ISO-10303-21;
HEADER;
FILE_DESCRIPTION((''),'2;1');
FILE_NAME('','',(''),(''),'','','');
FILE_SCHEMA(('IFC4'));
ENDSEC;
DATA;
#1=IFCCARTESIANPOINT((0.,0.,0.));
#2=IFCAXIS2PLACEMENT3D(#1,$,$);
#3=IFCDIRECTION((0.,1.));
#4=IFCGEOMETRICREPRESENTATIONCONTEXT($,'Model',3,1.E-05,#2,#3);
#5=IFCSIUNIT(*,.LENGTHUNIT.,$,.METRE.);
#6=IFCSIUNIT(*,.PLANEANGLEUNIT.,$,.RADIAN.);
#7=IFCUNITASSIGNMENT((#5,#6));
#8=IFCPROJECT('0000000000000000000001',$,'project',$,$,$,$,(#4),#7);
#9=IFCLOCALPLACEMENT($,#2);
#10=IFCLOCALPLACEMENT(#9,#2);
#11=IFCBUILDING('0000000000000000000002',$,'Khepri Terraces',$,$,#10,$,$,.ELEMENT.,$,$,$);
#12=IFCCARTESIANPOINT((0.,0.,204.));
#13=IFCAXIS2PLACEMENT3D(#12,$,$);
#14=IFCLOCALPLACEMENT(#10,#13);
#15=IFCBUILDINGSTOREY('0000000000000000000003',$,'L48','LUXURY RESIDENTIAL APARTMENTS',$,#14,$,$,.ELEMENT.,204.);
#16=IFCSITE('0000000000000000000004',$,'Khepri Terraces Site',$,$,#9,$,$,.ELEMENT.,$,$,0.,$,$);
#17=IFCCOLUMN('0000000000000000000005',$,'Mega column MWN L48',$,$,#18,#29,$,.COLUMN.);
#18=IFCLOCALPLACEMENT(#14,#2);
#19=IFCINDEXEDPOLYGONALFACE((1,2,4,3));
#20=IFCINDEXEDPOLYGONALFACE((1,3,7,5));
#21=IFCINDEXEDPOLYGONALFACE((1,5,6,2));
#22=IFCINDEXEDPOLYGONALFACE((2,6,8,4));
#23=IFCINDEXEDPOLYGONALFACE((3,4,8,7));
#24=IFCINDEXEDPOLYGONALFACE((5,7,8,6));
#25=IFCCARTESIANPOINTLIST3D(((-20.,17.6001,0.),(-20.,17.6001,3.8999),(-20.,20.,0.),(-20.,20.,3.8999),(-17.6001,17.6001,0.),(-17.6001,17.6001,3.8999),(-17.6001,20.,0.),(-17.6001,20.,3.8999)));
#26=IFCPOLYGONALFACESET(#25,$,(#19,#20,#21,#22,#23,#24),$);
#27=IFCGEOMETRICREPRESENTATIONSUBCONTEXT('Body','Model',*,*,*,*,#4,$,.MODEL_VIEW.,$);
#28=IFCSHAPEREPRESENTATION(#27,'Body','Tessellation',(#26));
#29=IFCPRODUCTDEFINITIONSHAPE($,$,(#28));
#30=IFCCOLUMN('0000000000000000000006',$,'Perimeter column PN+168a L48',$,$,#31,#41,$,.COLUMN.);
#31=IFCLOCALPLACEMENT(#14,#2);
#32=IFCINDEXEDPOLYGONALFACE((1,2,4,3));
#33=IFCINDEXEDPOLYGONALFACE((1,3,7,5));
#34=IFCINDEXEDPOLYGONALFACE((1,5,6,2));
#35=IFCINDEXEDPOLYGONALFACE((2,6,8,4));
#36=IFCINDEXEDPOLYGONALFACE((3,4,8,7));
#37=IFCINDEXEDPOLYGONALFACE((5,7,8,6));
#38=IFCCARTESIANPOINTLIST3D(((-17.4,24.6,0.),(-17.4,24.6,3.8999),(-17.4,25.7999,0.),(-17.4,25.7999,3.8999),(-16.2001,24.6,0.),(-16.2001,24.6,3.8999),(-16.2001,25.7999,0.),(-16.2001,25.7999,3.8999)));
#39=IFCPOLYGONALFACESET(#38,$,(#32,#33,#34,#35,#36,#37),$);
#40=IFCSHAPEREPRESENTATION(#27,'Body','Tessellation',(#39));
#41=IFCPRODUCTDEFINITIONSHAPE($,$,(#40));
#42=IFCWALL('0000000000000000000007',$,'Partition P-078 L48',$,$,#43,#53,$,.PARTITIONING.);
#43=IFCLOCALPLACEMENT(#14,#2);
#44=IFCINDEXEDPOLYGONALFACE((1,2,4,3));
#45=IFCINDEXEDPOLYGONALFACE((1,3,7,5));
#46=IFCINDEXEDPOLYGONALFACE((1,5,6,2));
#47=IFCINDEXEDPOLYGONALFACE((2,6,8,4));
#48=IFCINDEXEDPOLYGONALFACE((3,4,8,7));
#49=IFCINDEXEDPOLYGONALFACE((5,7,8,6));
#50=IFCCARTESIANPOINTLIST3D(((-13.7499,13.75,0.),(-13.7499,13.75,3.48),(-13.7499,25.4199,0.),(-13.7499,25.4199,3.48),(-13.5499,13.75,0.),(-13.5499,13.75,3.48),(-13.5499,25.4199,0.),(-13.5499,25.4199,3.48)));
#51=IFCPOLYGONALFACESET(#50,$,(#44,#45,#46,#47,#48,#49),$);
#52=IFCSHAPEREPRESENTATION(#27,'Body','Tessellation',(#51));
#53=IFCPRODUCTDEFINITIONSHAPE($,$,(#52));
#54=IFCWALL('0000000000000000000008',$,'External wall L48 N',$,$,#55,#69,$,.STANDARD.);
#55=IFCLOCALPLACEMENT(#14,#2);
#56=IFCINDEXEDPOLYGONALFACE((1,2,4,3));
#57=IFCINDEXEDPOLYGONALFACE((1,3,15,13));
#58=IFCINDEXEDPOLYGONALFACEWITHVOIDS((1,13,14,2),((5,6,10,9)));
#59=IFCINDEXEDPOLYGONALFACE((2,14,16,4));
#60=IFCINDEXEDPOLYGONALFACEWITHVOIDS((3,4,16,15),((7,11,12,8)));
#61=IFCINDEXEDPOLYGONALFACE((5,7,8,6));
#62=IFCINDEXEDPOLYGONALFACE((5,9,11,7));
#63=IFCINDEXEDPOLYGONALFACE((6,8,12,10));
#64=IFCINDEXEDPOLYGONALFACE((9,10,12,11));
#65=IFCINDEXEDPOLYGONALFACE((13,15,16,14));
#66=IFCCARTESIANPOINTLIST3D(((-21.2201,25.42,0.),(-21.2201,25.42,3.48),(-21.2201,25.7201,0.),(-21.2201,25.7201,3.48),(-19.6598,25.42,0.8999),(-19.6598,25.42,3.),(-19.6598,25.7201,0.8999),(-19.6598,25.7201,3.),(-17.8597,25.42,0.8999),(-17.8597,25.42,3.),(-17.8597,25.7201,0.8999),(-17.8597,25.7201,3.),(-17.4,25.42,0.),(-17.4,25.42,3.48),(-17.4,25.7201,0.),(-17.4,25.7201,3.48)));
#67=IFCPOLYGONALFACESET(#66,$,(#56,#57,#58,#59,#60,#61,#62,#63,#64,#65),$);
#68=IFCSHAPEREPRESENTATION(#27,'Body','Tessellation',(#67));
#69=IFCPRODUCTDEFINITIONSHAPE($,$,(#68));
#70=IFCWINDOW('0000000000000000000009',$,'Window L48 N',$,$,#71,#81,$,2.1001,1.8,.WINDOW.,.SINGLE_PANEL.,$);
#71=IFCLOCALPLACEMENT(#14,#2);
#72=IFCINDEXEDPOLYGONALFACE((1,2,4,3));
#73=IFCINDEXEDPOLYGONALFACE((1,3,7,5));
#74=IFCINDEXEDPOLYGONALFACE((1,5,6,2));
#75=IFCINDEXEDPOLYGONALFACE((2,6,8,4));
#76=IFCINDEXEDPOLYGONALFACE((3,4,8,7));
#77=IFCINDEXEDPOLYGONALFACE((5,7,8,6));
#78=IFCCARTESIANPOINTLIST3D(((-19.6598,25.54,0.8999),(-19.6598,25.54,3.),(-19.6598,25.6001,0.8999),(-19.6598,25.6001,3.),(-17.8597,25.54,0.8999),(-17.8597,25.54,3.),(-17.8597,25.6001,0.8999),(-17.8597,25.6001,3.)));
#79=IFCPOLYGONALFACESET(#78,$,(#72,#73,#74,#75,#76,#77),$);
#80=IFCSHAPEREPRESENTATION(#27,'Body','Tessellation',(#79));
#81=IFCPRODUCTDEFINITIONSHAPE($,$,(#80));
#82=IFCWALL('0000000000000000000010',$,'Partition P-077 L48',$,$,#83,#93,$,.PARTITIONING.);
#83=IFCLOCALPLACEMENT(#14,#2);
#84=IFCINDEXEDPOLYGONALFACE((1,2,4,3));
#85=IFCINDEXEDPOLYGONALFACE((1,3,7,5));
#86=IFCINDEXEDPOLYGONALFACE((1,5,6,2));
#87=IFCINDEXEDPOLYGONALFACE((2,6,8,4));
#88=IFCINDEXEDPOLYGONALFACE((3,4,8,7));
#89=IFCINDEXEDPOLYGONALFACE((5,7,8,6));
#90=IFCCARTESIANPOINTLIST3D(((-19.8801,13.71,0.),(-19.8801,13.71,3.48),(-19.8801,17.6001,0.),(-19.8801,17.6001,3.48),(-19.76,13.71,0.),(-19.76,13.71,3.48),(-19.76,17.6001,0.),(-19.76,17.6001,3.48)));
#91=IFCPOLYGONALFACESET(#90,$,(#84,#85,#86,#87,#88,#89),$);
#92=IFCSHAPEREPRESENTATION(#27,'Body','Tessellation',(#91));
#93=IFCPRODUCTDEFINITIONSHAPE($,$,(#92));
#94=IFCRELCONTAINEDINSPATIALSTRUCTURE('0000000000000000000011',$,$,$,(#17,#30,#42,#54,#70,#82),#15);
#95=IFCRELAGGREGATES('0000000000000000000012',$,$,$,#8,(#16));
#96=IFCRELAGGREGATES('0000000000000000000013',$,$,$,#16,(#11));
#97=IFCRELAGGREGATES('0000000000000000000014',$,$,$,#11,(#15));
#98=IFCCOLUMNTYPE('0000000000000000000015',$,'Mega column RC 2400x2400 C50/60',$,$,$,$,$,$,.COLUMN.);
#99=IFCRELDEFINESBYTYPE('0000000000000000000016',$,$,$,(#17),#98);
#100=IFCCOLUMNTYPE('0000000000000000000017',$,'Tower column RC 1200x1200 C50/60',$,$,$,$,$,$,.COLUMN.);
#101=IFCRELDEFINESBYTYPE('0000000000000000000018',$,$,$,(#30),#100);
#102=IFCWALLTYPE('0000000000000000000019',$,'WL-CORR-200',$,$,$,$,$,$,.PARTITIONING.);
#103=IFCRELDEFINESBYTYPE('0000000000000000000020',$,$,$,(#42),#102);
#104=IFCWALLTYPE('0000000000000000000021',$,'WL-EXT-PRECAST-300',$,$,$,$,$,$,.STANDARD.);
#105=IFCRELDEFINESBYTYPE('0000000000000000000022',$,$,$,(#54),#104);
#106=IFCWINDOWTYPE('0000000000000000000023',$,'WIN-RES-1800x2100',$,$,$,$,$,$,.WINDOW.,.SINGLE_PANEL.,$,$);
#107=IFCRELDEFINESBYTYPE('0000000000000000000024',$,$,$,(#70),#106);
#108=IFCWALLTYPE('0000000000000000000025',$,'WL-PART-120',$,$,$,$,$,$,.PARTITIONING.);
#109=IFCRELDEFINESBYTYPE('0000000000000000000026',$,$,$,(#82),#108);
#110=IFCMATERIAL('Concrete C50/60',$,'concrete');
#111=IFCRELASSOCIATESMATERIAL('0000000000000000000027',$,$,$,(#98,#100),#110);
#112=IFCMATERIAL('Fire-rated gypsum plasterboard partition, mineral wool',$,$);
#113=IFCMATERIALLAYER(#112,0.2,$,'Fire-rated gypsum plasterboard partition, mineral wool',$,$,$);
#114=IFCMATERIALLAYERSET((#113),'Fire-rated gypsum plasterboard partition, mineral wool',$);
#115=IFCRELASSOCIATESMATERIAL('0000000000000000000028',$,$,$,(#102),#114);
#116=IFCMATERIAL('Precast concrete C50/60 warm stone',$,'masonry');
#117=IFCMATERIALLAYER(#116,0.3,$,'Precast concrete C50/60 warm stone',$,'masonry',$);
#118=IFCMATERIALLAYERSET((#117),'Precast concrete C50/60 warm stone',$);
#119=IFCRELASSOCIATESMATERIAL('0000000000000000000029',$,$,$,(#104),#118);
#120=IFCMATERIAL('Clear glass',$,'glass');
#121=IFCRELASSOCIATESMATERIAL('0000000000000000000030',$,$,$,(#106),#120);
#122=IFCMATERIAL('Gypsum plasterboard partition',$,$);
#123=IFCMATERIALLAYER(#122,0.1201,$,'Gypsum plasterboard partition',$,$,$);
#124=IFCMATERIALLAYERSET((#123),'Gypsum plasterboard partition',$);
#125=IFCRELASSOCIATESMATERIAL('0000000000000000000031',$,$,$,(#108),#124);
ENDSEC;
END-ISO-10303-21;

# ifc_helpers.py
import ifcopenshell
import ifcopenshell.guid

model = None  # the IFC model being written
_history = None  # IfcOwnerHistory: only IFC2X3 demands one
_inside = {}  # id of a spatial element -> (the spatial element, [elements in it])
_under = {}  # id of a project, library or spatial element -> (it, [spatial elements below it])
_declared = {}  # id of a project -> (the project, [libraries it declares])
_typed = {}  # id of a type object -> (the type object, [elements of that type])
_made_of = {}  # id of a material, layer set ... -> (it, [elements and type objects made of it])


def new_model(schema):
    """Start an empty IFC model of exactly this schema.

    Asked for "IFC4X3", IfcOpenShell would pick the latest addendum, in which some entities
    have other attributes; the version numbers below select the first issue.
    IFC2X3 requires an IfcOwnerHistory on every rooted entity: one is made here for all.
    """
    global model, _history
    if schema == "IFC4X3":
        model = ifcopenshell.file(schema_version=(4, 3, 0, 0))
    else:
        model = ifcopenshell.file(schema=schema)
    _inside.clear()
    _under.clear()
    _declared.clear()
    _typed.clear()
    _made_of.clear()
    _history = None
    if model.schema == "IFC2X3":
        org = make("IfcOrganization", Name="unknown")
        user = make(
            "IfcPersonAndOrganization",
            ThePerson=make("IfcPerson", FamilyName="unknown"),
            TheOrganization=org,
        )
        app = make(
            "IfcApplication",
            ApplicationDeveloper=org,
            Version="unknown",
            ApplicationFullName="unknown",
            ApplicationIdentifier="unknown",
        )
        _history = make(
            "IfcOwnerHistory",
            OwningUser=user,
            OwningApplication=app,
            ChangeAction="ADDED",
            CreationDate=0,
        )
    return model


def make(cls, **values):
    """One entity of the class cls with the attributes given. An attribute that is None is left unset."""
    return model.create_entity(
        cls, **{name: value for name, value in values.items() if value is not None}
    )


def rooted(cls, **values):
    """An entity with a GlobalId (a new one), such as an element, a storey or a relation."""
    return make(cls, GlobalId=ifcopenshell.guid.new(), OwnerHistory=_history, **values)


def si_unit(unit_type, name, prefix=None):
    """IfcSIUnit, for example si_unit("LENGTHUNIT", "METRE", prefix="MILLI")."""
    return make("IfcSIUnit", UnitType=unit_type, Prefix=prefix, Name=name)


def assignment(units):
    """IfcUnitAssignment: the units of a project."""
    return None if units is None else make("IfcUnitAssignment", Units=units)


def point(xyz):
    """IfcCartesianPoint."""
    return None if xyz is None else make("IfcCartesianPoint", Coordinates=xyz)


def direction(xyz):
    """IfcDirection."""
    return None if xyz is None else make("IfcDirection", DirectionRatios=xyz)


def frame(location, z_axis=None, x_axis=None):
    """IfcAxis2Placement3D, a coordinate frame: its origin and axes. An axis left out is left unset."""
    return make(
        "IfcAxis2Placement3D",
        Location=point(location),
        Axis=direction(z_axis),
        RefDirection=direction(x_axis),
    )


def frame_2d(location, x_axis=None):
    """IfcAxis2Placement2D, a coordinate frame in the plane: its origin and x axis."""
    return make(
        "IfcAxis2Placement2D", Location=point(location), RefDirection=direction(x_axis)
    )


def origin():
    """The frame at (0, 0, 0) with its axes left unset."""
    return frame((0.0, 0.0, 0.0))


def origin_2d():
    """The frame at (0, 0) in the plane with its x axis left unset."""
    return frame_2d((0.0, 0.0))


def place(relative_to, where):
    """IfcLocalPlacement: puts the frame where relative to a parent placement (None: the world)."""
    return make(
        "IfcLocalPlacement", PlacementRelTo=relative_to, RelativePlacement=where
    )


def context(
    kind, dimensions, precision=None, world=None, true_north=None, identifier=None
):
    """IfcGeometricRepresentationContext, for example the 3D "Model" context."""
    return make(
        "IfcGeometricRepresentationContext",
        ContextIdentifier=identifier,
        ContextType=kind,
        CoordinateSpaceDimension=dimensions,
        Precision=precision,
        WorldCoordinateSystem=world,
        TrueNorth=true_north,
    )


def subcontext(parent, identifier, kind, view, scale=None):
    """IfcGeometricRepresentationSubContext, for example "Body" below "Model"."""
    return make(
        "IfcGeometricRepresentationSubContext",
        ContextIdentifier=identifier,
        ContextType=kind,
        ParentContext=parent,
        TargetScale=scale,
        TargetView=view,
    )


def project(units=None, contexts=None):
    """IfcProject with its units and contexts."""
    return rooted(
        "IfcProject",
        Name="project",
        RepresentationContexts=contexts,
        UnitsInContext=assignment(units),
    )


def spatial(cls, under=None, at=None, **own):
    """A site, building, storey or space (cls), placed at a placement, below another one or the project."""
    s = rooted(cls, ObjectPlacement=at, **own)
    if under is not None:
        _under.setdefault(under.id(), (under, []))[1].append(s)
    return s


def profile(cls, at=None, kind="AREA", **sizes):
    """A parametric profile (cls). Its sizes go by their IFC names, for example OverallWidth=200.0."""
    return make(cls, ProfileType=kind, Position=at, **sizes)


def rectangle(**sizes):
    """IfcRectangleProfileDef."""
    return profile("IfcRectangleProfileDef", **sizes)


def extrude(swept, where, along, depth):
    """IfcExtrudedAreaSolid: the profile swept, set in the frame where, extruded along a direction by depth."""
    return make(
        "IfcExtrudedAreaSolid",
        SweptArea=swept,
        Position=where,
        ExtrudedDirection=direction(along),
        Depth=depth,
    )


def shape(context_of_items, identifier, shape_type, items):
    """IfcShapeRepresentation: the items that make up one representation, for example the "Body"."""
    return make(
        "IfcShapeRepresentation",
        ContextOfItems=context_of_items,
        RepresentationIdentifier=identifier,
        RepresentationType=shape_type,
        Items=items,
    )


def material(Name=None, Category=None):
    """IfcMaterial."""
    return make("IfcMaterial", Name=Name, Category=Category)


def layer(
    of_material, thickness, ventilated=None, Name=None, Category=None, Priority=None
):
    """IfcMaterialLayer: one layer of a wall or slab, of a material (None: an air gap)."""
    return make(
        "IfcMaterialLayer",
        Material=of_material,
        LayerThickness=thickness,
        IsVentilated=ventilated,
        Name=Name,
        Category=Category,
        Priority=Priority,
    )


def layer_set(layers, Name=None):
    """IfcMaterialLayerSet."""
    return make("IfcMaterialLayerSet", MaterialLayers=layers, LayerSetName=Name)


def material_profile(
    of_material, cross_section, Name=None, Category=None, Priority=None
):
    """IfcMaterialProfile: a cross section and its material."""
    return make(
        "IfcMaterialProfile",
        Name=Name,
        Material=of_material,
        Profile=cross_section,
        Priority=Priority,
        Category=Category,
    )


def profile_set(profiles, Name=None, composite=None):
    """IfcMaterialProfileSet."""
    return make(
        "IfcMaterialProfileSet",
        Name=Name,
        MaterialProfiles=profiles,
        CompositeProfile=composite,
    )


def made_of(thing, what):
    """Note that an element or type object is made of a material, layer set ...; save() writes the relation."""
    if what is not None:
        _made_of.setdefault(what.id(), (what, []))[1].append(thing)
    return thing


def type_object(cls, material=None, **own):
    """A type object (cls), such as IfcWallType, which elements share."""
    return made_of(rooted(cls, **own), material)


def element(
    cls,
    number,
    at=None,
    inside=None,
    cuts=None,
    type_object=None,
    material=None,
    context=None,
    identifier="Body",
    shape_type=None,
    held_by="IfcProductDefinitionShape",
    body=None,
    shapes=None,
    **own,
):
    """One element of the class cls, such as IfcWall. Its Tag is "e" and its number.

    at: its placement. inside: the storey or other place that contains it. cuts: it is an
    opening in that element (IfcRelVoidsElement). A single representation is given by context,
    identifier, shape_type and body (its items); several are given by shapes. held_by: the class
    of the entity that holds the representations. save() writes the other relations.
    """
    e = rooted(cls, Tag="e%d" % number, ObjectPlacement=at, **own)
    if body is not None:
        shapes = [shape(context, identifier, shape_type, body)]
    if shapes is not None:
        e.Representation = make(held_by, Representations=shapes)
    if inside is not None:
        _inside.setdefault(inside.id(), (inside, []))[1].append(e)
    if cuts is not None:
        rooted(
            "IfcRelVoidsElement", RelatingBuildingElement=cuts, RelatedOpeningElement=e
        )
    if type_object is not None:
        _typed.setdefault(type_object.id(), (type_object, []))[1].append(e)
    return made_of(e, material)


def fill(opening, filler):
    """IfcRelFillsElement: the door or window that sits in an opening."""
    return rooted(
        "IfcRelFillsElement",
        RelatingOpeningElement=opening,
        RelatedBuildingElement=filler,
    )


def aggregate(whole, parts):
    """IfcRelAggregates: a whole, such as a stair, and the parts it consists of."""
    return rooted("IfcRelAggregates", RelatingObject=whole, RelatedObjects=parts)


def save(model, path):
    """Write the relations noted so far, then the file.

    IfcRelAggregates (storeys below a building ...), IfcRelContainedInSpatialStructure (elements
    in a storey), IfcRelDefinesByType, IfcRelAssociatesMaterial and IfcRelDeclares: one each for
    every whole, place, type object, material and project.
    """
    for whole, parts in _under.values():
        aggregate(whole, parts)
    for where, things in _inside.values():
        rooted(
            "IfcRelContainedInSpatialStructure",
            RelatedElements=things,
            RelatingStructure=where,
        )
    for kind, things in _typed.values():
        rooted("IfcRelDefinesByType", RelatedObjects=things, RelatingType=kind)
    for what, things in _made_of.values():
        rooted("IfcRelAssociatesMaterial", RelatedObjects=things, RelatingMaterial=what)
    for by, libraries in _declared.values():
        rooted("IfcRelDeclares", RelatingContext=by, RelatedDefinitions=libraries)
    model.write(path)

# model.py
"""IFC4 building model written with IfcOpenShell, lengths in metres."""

from ifc_helpers import new_model, si_unit, direction, frame, frame_2d, origin, origin_2d, place, context, subcontext, project, spatial, rectangle, extrude, material, layer, layer_set, material_profile, profile_set, type_object, element, fill, save


model = new_model("IFC4")

# Units and contexts
model_context = context("Model", 3, precision=1e-05, world=origin(), true_north=direction((0.0, 1.0)))
body_context = subcontext(model_context, "Body", "Model", "MODEL_VIEW")
ifc_project = project(units=[si_unit("LENGTHUNIT", "METRE"), si_unit("PLANEANGLEUNIT", "RADIAN")], contexts=[model_context])

# Site, building, storey
site_placement = place(None, origin())
site = spatial("IfcSite", under=ifc_project, at=site_placement, Name="Khepri Terraces Site", CompositionType="ELEMENT", RefElevation=0.0)
building_placement = place(site_placement, origin())
building = spatial("IfcBuilding", under=site, at=building_placement, Name="Khepri Terraces", CompositionType="ELEMENT")
storey_placement = place(building_placement, frame((0.0, 0.0, 204.0)))
storey = spatial("IfcBuildingStorey", under=building, at=storey_placement, Name="L48", Description="LUXURY RESIDENTIAL APARTMENTS", CompositionType="ELEMENT", Elevation=204.0)

# Columns
ifc_material_1 = material(Name="Concrete C50/60", Category="concrete")
ifc_material_profile_1 = material_profile(ifc_material_1, rectangle(XDim=2.3999, YDim=2.3999, at=origin_2d()), Name="Concrete C50/60", Category="concrete")
ifc_profile_set_1 = profile_set([ifc_material_profile_1], Name="Concrete C50/60")
column_type_1 = type_object("IfcColumnType", Name="Mega column RC 2400x2400 C50/60", PredefinedType="COLUMN", material=ifc_profile_set_1)
column_1_placement = place(storey_placement, frame((-18.8, 18.8, 0.0), z_axis=(0.0, 0.0, 1.0), x_axis=(1.0, 0.0, 0.0)))
element("IfcColumn", 1, at=column_1_placement, inside=storey, type_object=column_type_1, Name="Mega column MWN L48", PredefinedType="COLUMN", context=body_context, shape_type="SweptSolid", body=[
    extrude(rectangle(XDim=2.3999, YDim=2.3999, at=origin_2d()), origin(), (0.0, 0.0, 1.0), 3.8999),
])
ifc_material_profile_2 = material_profile(ifc_material_1, rectangle(XDim=1.2, YDim=1.2, at=origin_2d()), Name="Concrete C50/60", Category="concrete")
ifc_profile_set_2 = profile_set([ifc_material_profile_2], Name="Concrete C50/60")
column_type_2 = type_object("IfcColumnType", Name="Tower column RC 1200x1200 C50/60", PredefinedType="COLUMN", material=ifc_profile_set_2)
column_2_placement = place(storey_placement, frame((-16.8, 25.2, 0.0), z_axis=(0.0, 0.0, 1.0), x_axis=(1.0, 0.0, 0.0)))
element("IfcColumn", 2, at=column_2_placement, inside=storey, type_object=column_type_2, Name="Perimeter column PN+168a L48", PredefinedType="COLUMN", context=body_context, shape_type="SweptSolid", body=[
    extrude(rectangle(XDim=1.2, YDim=1.2, at=origin_2d()), origin(), (0.0, 0.0, 1.0), 3.8999),
])

# Wall
ifc_material_2 = material(Name="Fire-rated gypsum plasterboard partition, mineral wool")
ifc_layer_1 = layer(ifc_material_2, 0.2, Name="Fire-rated gypsum plasterboard partition, mineral wool")
ifc_layer_set_1 = layer_set([ifc_layer_1], Name="Fire-rated gypsum plasterboard partition, mineral wool")
wall_type_1 = type_object("IfcWallType", Name="WL-CORR-200", PredefinedType="PARTITIONING", material=ifc_layer_set_1)
wall_1_placement = place(storey_placement, frame((-13.6499, 13.75, 0.0), z_axis=(0.0, 0.0, 1.0), x_axis=(0.0, 1.0, 0.0)))
element("IfcWall", 3, at=wall_1_placement, inside=storey, type_object=wall_type_1, Name="Partition P-078 L48", PredefinedType="PARTITIONING", context=body_context, shape_type="SweptSolid", body=[
    extrude(rectangle(XDim=11.6699, YDim=0.2, at=frame_2d((5.835, 0.0))), origin(), (0.0, 0.0, 1.0), 3.48),
])

# Wall, opening, window
ifc_material_3 = material(Name="Precast concrete C50/60 warm stone", Category="masonry")
ifc_layer_2 = layer(ifc_material_3, 0.3, Name="Precast concrete C50/60 warm stone", Category="masonry")
ifc_layer_set_2 = layer_set([ifc_layer_2], Name="Precast concrete C50/60 warm stone")
wall_type_2 = type_object("IfcWallType", Name="WL-EXT-PRECAST-300", PredefinedType="STANDARD", material=ifc_layer_set_2)
wall_2_placement = place(storey_placement, frame((-17.3999, 25.5701, 0.0), z_axis=(0.0, 0.0, 1.0), x_axis=(-1.0, 0.0, 0.0)))
wall_2 = element("IfcWall", 4, at=wall_2_placement, inside=storey, type_object=wall_type_2, Name="External wall L48 N", PredefinedType="STANDARD", context=body_context, shape_type="SweptSolid", body=[
    extrude(rectangle(XDim=3.8201, YDim=0.3, at=frame_2d((1.9102, 0.0))), origin(), (0.0, 0.0, 1.0), 3.48),
])
opening_1_placement = place(wall_2_placement, frame((0.46, 0.0, 0.8999)))
opening_1 = element("IfcOpeningElement", 5, at=opening_1_placement, cuts=wall_2, PredefinedType="OPENING", context=body_context, shape_type="SweptSolid", body=[
    extrude(rectangle(XDim=1.8, YDim=2.1001, at=frame_2d((0.8999, 1.05))), frame((0.0, 0.1602, 0.0), z_axis=(0.0, -1.0, 0.0), x_axis=(1.0, 0.0, 0.0)), (0.0, 0.0, 1.0), 0.3201),
])
ifc_material_4 = material(Name="Clear glass", Category="glass")
window_type = type_object("IfcWindowType", Name="WIN-RES-1800x2100", PartitioningType="SINGLE_PANEL", PredefinedType="WINDOW", material=ifc_material_4)
window_placement = place(opening_1_placement, origin())
window = element("IfcWindow", 6, at=window_placement, inside=storey, type_object=window_type, Name="Window L48 N", OverallHeight=2.1001, OverallWidth=1.8, PartitioningType="SINGLE_PANEL", PredefinedType="WINDOW", context=body_context, shape_type="SweptSolid", body=[
    extrude(rectangle(XDim=1.8, YDim=2.1001, at=frame_2d((0.8999, 1.05))), frame((0.0, 0.03, 0.0), z_axis=(0.0, -1.0, 0.0), x_axis=(1.0, 0.0, 0.0)), (0.0, 0.0, 1.0), 0.0601),
])
fill(opening_1, window)

# Wall
ifc_material_5 = material(Name="Gypsum plasterboard partition")
ifc_layer_3 = layer(ifc_material_5, 0.1201, Name="Gypsum plasterboard partition")
ifc_layer_set_3 = layer_set([ifc_layer_3], Name="Gypsum plasterboard partition")
wall_type_3 = type_object("IfcWallType", Name="WL-PART-120", PredefinedType="PARTITIONING", material=ifc_layer_set_3)
wall_3_placement = place(storey_placement, frame((-19.8201, 13.71, 0.0), z_axis=(0.0, 0.0, 1.0), x_axis=(0.0, 1.0, 0.0)))
element("IfcWall", 7, at=wall_3_placement, inside=storey, type_object=wall_type_3, Name="Partition P-077 L48", PredefinedType="PARTITIONING", context=body_context, shape_type="SweptSolid", body=[
    extrude(rectangle(XDim=3.8901, YDim=0.1201, at=frame_2d((1.9451, 0.0))), origin(), (0.0, 0.0, 1.0), 3.48),
])

save(model, "model.ifc")
